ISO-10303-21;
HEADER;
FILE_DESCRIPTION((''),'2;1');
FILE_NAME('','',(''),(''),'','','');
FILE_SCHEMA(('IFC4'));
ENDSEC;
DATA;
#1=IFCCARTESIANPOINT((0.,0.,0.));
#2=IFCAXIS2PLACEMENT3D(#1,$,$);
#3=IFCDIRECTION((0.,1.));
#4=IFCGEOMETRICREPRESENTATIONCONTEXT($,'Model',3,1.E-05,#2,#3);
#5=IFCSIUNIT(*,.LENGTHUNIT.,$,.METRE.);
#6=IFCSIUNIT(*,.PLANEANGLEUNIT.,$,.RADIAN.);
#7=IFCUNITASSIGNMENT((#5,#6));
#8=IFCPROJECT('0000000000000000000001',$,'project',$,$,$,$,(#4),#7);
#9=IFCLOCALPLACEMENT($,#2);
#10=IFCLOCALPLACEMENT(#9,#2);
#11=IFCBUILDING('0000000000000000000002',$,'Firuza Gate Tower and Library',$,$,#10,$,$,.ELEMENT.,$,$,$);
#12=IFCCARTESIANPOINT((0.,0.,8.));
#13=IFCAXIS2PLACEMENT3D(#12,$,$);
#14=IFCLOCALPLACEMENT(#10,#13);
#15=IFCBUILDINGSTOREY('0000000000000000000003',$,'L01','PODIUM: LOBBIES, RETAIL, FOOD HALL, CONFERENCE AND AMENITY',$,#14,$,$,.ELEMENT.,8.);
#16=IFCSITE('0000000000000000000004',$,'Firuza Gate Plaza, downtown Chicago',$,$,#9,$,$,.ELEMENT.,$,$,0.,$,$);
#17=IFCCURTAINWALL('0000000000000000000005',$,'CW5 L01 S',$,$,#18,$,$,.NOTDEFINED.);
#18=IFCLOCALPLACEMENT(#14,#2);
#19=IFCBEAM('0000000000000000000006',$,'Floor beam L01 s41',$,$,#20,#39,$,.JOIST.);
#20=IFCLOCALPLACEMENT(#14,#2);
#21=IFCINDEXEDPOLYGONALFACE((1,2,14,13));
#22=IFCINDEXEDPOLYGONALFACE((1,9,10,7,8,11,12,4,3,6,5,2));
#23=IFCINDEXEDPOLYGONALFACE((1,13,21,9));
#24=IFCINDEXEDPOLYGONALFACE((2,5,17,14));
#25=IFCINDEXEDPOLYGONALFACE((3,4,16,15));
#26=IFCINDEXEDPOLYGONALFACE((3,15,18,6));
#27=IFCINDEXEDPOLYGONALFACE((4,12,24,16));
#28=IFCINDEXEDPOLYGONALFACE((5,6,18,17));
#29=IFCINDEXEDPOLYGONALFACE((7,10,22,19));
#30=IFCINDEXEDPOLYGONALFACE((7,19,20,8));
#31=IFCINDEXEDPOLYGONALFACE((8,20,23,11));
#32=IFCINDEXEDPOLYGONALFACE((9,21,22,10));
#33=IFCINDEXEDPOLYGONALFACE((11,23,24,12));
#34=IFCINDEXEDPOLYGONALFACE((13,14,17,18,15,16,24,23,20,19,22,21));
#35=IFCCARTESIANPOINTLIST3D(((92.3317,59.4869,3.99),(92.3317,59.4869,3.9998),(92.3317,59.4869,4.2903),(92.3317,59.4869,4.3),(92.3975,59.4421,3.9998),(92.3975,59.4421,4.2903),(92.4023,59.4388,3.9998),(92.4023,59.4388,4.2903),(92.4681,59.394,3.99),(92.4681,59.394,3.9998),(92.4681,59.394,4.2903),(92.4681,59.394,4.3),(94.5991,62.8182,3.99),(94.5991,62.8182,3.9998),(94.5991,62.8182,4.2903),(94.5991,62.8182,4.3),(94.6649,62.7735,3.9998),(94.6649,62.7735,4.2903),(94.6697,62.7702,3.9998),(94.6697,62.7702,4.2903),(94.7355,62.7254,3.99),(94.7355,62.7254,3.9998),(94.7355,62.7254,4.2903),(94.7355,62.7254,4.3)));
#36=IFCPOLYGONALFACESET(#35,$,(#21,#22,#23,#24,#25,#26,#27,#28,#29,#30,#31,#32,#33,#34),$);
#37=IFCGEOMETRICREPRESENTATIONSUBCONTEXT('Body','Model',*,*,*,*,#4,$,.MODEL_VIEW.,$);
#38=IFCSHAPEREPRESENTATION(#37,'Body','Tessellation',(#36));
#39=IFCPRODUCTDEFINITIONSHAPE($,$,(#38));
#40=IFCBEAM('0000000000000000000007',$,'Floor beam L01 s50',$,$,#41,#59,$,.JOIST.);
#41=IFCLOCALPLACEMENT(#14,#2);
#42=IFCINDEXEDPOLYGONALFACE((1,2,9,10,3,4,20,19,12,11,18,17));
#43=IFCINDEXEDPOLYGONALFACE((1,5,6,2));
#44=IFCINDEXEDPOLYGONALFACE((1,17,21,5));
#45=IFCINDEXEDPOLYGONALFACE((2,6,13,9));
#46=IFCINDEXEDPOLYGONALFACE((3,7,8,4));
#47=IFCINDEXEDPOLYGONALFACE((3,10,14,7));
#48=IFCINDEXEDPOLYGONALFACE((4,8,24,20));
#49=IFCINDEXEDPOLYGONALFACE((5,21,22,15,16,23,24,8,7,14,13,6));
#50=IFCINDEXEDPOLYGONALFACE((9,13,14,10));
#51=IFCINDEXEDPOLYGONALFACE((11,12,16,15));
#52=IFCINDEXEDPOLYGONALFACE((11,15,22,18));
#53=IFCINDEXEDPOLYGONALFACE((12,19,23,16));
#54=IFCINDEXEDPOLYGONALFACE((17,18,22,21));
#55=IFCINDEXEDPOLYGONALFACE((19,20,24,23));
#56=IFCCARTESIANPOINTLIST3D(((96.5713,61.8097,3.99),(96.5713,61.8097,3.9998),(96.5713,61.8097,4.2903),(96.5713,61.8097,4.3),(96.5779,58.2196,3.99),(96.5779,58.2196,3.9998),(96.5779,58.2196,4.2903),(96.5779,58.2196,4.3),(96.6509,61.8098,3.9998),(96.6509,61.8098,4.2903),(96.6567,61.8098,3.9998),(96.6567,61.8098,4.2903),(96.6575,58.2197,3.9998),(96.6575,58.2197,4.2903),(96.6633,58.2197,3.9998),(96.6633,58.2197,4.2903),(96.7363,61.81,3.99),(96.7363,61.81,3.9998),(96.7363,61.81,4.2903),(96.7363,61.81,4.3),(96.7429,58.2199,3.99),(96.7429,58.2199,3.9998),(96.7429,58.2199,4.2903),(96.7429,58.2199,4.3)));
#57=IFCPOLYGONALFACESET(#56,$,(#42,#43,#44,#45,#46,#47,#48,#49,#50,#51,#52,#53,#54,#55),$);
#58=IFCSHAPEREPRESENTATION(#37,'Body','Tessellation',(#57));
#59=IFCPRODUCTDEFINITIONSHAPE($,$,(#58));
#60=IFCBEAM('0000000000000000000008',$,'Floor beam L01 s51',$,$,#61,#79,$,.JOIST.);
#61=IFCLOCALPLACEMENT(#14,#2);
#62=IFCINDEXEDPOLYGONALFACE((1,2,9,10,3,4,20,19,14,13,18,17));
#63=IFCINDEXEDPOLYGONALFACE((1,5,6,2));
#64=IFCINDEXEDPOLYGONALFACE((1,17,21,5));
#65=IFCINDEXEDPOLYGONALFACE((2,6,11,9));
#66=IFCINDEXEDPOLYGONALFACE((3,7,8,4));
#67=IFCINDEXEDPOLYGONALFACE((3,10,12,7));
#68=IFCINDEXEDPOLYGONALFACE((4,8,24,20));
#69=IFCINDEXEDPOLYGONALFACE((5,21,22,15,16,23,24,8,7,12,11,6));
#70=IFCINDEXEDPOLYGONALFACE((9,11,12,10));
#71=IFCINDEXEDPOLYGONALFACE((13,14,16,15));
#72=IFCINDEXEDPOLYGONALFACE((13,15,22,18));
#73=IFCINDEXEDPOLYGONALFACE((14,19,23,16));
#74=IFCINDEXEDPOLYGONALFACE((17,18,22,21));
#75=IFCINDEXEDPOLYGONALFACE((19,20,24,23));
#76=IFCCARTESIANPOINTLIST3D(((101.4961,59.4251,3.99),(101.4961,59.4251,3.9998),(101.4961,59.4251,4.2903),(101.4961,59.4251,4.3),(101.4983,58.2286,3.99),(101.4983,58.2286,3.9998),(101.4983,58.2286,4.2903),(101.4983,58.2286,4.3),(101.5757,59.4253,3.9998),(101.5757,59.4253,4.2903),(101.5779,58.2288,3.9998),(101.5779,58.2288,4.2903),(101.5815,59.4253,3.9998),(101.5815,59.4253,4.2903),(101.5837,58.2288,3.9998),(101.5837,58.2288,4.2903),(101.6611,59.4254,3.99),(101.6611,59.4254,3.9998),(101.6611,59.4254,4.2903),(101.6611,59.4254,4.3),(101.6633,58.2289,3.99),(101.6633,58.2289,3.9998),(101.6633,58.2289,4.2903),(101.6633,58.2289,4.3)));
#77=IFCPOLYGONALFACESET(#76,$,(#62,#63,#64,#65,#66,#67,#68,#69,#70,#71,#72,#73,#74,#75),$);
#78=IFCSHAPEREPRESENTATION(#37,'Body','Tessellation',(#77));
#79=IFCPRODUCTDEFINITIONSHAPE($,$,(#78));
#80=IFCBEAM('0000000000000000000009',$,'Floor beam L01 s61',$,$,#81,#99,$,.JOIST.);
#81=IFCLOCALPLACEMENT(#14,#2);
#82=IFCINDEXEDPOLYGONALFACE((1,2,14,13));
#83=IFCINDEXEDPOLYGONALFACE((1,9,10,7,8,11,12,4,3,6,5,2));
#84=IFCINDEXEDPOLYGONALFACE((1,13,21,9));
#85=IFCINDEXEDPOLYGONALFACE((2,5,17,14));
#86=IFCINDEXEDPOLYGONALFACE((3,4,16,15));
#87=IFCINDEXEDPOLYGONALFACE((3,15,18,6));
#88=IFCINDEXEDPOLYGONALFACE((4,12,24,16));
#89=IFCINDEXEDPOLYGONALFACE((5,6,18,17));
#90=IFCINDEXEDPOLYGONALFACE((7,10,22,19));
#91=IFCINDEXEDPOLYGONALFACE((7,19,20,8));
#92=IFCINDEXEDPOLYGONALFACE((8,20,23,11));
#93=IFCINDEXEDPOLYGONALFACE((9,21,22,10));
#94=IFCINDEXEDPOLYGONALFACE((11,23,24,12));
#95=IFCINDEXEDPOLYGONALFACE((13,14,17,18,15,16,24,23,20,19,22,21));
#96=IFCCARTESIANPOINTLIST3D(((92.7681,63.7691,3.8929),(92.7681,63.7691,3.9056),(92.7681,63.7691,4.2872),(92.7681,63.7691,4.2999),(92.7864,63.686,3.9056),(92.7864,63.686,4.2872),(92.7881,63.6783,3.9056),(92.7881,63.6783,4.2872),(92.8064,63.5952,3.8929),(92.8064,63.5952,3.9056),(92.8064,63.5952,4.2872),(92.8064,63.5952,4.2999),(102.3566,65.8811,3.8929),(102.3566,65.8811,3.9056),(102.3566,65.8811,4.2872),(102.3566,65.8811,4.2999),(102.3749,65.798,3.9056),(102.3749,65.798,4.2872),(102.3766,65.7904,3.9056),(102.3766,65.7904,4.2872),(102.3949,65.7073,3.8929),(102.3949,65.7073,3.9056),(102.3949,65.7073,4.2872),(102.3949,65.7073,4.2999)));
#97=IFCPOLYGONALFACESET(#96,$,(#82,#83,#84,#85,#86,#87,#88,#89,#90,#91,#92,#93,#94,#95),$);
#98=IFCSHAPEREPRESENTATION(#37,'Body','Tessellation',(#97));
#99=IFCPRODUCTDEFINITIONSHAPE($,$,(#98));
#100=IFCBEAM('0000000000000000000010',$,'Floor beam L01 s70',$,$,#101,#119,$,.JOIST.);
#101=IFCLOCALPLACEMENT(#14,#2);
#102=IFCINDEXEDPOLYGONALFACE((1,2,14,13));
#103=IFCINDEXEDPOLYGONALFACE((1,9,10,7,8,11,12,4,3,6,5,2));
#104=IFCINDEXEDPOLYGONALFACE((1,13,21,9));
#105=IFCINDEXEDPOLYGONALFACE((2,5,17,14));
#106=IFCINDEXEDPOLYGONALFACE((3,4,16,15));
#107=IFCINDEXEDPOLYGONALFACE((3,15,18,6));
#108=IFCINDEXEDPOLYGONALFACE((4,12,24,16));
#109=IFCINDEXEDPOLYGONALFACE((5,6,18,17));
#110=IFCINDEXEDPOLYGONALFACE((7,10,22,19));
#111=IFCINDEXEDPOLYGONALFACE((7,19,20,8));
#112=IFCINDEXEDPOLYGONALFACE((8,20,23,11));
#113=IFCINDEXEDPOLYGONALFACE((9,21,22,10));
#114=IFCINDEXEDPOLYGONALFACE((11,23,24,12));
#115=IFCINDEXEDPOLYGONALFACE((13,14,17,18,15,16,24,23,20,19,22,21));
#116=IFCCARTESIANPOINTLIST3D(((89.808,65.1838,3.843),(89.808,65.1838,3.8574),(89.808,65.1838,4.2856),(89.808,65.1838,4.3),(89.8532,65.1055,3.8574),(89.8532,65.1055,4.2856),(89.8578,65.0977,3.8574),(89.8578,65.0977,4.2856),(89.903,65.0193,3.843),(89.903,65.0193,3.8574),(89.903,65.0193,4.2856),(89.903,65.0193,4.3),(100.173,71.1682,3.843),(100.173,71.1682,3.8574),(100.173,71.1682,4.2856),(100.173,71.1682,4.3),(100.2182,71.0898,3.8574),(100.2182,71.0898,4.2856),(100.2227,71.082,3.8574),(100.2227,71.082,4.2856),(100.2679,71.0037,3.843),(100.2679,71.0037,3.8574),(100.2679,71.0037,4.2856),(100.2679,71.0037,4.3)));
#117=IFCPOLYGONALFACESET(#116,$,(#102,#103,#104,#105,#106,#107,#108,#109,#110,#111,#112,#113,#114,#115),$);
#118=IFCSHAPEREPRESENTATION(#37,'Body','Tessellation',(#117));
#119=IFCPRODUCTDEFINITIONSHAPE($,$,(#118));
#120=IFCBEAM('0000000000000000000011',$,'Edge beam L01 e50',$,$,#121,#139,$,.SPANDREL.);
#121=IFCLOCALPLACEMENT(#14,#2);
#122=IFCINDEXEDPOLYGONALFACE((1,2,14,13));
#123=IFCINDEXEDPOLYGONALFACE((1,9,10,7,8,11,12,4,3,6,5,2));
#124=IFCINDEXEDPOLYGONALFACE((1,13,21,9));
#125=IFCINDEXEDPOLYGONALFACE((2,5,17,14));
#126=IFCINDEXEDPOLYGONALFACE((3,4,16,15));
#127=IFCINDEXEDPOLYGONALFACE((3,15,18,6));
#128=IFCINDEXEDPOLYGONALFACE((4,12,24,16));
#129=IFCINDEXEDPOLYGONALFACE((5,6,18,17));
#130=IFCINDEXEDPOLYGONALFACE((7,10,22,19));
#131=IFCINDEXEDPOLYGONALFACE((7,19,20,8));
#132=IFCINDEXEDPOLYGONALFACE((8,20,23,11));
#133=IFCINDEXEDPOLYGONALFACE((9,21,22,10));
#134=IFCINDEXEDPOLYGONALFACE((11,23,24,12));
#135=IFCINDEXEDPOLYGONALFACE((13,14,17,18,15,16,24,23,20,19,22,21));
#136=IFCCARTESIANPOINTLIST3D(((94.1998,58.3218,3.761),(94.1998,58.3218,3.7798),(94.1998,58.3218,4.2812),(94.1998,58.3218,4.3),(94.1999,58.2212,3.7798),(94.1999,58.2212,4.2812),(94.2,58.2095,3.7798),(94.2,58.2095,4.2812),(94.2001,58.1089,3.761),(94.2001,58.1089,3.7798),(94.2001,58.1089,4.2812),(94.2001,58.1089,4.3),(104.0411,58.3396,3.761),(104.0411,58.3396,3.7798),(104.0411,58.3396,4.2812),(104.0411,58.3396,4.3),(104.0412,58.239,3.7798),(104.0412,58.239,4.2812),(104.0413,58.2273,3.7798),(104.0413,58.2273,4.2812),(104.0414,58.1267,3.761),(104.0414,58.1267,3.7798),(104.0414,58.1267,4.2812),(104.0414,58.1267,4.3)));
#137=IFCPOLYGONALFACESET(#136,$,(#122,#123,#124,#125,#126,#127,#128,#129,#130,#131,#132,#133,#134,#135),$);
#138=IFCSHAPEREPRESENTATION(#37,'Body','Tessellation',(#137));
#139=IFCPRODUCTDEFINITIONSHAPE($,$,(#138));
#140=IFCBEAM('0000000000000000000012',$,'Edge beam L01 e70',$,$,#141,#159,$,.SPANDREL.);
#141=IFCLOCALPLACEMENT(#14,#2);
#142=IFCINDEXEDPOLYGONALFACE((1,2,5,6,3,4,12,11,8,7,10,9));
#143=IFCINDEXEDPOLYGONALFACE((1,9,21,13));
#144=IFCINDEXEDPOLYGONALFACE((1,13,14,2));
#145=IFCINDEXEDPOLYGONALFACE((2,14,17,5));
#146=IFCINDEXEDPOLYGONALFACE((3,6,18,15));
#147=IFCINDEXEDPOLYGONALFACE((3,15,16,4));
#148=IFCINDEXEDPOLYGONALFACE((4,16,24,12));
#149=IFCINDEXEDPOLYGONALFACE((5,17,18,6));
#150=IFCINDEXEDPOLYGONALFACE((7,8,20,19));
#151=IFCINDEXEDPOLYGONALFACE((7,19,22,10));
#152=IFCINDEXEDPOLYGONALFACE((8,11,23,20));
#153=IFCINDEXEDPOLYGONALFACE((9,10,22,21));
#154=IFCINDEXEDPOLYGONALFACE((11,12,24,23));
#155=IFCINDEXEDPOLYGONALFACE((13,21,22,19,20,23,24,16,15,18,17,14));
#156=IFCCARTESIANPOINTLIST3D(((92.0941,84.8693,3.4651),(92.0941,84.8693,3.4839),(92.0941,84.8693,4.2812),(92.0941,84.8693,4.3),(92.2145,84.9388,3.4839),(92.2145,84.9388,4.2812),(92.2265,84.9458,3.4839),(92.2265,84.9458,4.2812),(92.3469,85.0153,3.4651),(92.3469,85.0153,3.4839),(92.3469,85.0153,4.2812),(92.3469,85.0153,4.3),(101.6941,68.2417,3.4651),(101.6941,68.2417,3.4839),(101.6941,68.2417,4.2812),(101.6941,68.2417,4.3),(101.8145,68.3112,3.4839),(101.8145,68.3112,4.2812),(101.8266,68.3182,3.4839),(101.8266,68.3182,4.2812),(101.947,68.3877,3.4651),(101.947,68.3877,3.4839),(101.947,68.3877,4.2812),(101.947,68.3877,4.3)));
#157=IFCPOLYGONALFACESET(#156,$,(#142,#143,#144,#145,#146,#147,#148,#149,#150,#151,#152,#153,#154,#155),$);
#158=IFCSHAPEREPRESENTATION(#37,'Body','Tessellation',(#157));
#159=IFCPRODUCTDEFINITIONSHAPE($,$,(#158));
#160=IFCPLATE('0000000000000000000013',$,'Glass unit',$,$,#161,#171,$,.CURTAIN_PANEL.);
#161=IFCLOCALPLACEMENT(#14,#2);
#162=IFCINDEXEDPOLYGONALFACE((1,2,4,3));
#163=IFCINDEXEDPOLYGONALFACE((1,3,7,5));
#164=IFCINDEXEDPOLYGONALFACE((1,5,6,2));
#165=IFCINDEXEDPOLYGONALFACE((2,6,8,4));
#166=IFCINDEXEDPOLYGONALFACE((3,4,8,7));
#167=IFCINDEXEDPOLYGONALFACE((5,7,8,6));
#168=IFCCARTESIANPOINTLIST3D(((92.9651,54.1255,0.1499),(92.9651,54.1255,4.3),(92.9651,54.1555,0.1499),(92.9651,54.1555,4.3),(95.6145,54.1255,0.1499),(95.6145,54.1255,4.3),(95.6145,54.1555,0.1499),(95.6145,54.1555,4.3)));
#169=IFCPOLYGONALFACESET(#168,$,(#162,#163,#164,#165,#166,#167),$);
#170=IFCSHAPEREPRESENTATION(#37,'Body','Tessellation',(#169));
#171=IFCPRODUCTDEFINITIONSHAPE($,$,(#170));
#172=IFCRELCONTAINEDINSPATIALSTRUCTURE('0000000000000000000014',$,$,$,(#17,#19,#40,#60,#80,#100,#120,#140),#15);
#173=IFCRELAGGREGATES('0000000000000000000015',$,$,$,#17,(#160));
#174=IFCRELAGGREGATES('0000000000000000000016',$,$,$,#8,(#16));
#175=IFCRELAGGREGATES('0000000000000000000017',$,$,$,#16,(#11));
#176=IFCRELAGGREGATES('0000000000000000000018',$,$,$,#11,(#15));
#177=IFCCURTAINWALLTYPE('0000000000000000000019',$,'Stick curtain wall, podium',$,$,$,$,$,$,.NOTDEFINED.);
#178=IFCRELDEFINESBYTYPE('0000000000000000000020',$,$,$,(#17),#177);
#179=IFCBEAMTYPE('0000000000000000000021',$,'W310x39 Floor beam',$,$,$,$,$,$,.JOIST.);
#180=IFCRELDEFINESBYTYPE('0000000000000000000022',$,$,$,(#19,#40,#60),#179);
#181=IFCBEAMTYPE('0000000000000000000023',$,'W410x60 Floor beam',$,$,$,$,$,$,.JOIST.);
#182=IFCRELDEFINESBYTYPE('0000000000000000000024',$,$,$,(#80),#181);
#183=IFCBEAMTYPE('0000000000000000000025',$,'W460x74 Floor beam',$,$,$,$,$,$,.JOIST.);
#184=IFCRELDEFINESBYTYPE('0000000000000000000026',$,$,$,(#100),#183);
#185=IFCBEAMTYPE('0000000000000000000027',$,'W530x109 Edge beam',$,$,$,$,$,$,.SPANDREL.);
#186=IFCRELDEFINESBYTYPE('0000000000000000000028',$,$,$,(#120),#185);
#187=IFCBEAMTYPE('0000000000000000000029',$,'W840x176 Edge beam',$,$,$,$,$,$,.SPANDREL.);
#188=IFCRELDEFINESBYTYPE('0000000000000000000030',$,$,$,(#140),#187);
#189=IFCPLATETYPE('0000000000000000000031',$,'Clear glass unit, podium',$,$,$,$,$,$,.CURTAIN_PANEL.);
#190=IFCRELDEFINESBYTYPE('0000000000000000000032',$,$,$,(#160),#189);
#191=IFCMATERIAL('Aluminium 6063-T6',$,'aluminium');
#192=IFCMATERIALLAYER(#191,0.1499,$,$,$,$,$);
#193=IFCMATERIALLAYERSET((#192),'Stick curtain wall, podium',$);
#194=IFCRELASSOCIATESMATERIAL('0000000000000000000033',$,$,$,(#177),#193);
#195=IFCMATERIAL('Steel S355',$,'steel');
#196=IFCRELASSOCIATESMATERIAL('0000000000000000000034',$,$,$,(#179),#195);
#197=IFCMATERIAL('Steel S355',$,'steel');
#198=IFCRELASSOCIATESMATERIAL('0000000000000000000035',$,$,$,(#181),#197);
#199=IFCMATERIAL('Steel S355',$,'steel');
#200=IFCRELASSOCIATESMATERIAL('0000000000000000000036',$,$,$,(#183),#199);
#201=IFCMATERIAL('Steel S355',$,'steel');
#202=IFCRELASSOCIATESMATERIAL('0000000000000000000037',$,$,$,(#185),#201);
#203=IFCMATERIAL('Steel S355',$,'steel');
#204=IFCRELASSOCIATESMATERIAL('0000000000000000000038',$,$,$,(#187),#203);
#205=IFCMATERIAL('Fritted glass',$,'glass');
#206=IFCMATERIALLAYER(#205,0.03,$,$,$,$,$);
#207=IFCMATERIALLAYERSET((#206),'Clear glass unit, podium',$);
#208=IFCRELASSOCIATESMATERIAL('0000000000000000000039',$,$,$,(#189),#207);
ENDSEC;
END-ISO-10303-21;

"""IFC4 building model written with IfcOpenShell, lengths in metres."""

from ifc_helpers import new_model, si_unit, direction, frame, origin, origin_2d, place, context, subcontext, project, spatial, polyline, i_section, outline, extrude, material, layer, layer_set, material_profile, profile_set, type_object, element, aggregate, save


model = new_model("IFC4")

# Units and contexts
model_context = context("Model", 3, precision=1e-05, world=origin(), true_north=direction((0.0, 1.0)))
body_context = subcontext(model_context, "Body", "Model", "MODEL_VIEW")
ifc_project = project(units=[si_unit("LENGTHUNIT", "METRE"), si_unit("PLANEANGLEUNIT", "RADIAN")], contexts=[model_context])

# Site, building, storey
site_placement = place(None, origin())
site = spatial("IfcSite", under=ifc_project, at=site_placement, Name="Firuza Gate Plaza, downtown Chicago", CompositionType="ELEMENT", RefElevation=0.0)
building_placement = place(site_placement, origin())
building = spatial("IfcBuilding", under=site, at=building_placement, Name="Firuza Gate Tower and Library", CompositionType="ELEMENT")
storey_placement = place(building_placement, frame((0.0, 0.0, 8.0)))
storey = spatial("IfcBuildingStorey", under=building, at=storey_placement, Name="L01", Description="PODIUM: LOBBIES, RETAIL, FOOD HALL, CONFERENCE AND AMENITY", CompositionType="ELEMENT", Elevation=8.0)

# Shared definitions
placement = place(storey_placement, origin())

# Curtain wall
ifc_material_1 = material(Name="Aluminium 6063-T6", Category="aluminium")
ifc_layer_1 = layer(ifc_material_1, 0.1499)
ifc_layer_set_1 = layer_set([ifc_layer_1], Name="Stick curtain wall, podium")
curtain_wall_type_1 = type_object("IfcCurtainWallType", Name="Stick curtain wall, podium", PredefinedType="NOTDEFINED", material=ifc_layer_set_1)
curtain_wall_1 = element("IfcCurtainWall", 1, at=placement, inside=storey, type_object=curtain_wall_type_1, Name="CW5 L01 S", PredefinedType="NOTDEFINED")

# Beams
ifc_material_2 = material(Name="Steel S355", Category="steel")
ifc_material_profile_1 = material_profile(ifc_material_2, i_section(OverallWidth=0.165, OverallDepth=0.3101, WebThickness=0.0059, FlangeThickness=0.0098, at=origin_2d()))
ifc_profile_set_1 = profile_set([ifc_material_profile_1], Name="Steel S355")
beam_type_1 = type_object("IfcBeamType", Name="W310x39 Floor beam", PredefinedType="JOIST", material=ifc_profile_set_1)
beam_1_placement = place(storey_placement, frame((92.3999, 59.4404, 4.145), z_axis=(0.562658, 0.82669, 0.0), x_axis=(-0.82669, 0.562658, 0.0)))
element("IfcBeam", 2, at=beam_1_placement, inside=storey, type_object=beam_type_1, Name="Floor beam L01 s41", PredefinedType="JOIST", context=body_context, shape_type="SweptSolid", body=[
    extrude(i_section(OverallWidth=0.165, OverallDepth=0.3101, WebThickness=0.0059, FlangeThickness=0.0098, at=origin_2d()), origin(), (0.0, 0.0, 1.0), 4.0298),
])
beam_2_placement = place(storey_placement, frame((96.6604, 58.2197, 4.145), z_axis=(-0.001836, 0.999998, 0.0), x_axis=(-0.999998, -0.001836, 0.0)))
element("IfcBeam", 3, at=beam_2_placement, inside=storey, type_object=beam_type_1, Name="Floor beam L01 s50", PredefinedType="JOIST", context=body_context, shape_type="SweptSolid", body=[
    extrude(i_section(OverallWidth=0.165, OverallDepth=0.3101, WebThickness=0.0059, FlangeThickness=0.0098, at=origin_2d()), origin(), (0.0, 0.0, 1.0), 3.5901),
])
beam_3_placement = place(storey_placement, frame((101.5808, 58.2288, 4.145), z_axis=(-0.001836, 0.999998, 0.0), x_axis=(-0.999998, -0.001836, 0.0)))
element("IfcBeam", 4, at=beam_3_placement, inside=storey, type_object=beam_type_1, Name="Floor beam L01 s51", PredefinedType="JOIST", context=body_context, shape_type="SweptSolid", body=[
    extrude(i_section(OverallWidth=0.165, OverallDepth=0.3101, WebThickness=0.0059, FlangeThickness=0.0098, at=origin_2d()), origin(), (0.0, 0.0, 1.0), 1.1965),
])
ifc_material_3 = material(Name="Steel S355", Category="steel")
ifc_material_profile_2 = material_profile(ifc_material_3, i_section(OverallWidth=0.178, OverallDepth=0.407, WebThickness=0.0078, FlangeThickness=0.0127, at=origin_2d()))
ifc_profile_set_2 = profile_set([ifc_material_profile_2], Name="Steel S355")
beam_type_2 = type_object("IfcBeamType", Name="W410x60 Floor beam", PredefinedType="JOIST", material=ifc_profile_set_2)
beam_4_placement = place(storey_placement, frame((102.3757, 65.7942, 4.0964), z_axis=(-0.97659, -0.215111, 0.0), x_axis=(0.215111, -0.97659, 0.0)))
element("IfcBeam", 5, at=beam_4_placement, inside=storey, type_object=beam_type_2, Name="Floor beam L01 s61", PredefinedType="JOIST", context=body_context, shape_type="SweptSolid", body=[
    extrude(i_section(OverallWidth=0.178, OverallDepth=0.407, WebThickness=0.0078, FlangeThickness=0.0127, at=origin_2d()), origin(), (0.0, 0.0, 1.0), 9.8184),
])
ifc_material_4 = material(Name="Steel S355", Category="steel")
ifc_material_profile_3 = material_profile(ifc_material_4, i_section(OverallWidth=0.1899, OverallDepth=0.457, WebThickness=0.009, FlangeThickness=0.0144, at=origin_2d()))
ifc_profile_set_3 = profile_set([ifc_material_profile_3], Name="Steel S355")
beam_type_3 = type_object("IfcBeamType", Name="W460x74 Floor beam", PredefinedType="JOIST", material=ifc_profile_set_3)
beam_5_placement = place(storey_placement, frame((100.2205, 71.0859, 4.0715), z_axis=(-0.86602, -0.500009, 0.0), x_axis=(0.500009, -0.86602, 0.0)))
element("IfcBeam", 6, at=beam_5_placement, inside=storey, type_object=beam_type_3, Name="Floor beam L01 s70", PredefinedType="JOIST", context=body_context, shape_type="SweptSolid", body=[
    extrude(i_section(OverallWidth=0.1899, OverallDepth=0.457, WebThickness=0.009, FlangeThickness=0.0144, at=origin_2d()), origin(), (0.0, 0.0, 1.0), 11.9685),
])
ifc_material_5 = material(Name="Steel S355", Category="steel")
ifc_material_profile_4 = material_profile(ifc_material_5, i_section(OverallWidth=0.2129, OverallDepth=0.5391, WebThickness=0.0117, FlangeThickness=0.0188, at=origin_2d()))
ifc_profile_set_4 = profile_set([ifc_material_profile_4], Name="Steel S355")
beam_type_4 = type_object("IfcBeamType", Name="W530x109 Edge beam", PredefinedType="SPANDREL", material=ifc_profile_set_4)
beam_6_placement = place(storey_placement, frame((94.2, 58.2153, 4.0305), z_axis=(0.999998, 0.001811, 0.0), x_axis=(-0.001811, 0.999998, 0.0)))
element("IfcBeam", 7, at=beam_6_placement, inside=storey, type_object=beam_type_4, Name="Edge beam L01 e50", PredefinedType="SPANDREL", context=body_context, shape_type="SweptSolid", body=[
    extrude(i_section(OverallWidth=0.2129, OverallDepth=0.5391, WebThickness=0.0117, FlangeThickness=0.0188, at=origin_2d()), origin(), (0.0, 0.0, 1.0), 9.8413),
])
ifc_material_6 = material(Name="Steel S355", Category="steel")
ifc_material_profile_5 = material_profile(ifc_material_6, i_section(OverallWidth=0.292, OverallDepth=0.835, WebThickness=0.0139, FlangeThickness=0.0188, at=origin_2d()))
ifc_profile_set_5 = profile_set([ifc_material_profile_5], Name="Steel S355")
beam_type_5 = type_object("IfcBeamType", Name="W840x176 Edge beam", PredefinedType="SPANDREL", material=ifc_profile_set_5)
beam_7_placement = place(storey_placement, frame((101.8206, 68.3147, 3.8826), z_axis=(-0.500004, 0.866023, 0.0), x_axis=(-0.866023, -0.500004, 0.0)))
element("IfcBeam", 8, at=beam_7_placement, inside=storey, type_object=beam_type_5, Name="Edge beam L01 e70", PredefinedType="SPANDREL", context=body_context, shape_type="SweptSolid", body=[
    extrude(i_section(OverallWidth=0.292, OverallDepth=0.835, WebThickness=0.0139, FlangeThickness=0.0188, at=origin_2d()), origin(), (0.0, 0.0, 1.0), 19.2),
])

# Plate
ifc_material_7 = material(Name="Fritted glass", Category="glass")
ifc_layer_2 = layer(ifc_material_7, 0.03)
ifc_layer_set_2 = layer_set([ifc_layer_2], Name="Clear glass unit, podium")
plate_type = type_object("IfcPlateType", Name="Clear glass unit, podium", PredefinedType="CURTAIN_PANEL", material=ifc_layer_set_2)
plate_1_placement = place(storey_placement, frame((92.9651, 54.1255, 0.1499), z_axis=(0.0, -1.0, 0.0), x_axis=(1.0, 0.0, 0.0)))
plate_1 = element("IfcPlate", 9, at=plate_1_placement, type_object=plate_type, Name="Glass unit", PredefinedType="CURTAIN_PANEL", context=body_context, shape_type="SweptSolid", body=[
    extrude(outline(polyline([(0.0, 0.0), (2.6494, 0.0), (2.6494, 4.1501), (0.0, 4.1501), (0.0, 0.0)])), origin(), (0.0, 0.0, -1.0), 0.03),
])
aggregate(curtain_wall_1, [plate_1])

save(model, "model.ifc")
